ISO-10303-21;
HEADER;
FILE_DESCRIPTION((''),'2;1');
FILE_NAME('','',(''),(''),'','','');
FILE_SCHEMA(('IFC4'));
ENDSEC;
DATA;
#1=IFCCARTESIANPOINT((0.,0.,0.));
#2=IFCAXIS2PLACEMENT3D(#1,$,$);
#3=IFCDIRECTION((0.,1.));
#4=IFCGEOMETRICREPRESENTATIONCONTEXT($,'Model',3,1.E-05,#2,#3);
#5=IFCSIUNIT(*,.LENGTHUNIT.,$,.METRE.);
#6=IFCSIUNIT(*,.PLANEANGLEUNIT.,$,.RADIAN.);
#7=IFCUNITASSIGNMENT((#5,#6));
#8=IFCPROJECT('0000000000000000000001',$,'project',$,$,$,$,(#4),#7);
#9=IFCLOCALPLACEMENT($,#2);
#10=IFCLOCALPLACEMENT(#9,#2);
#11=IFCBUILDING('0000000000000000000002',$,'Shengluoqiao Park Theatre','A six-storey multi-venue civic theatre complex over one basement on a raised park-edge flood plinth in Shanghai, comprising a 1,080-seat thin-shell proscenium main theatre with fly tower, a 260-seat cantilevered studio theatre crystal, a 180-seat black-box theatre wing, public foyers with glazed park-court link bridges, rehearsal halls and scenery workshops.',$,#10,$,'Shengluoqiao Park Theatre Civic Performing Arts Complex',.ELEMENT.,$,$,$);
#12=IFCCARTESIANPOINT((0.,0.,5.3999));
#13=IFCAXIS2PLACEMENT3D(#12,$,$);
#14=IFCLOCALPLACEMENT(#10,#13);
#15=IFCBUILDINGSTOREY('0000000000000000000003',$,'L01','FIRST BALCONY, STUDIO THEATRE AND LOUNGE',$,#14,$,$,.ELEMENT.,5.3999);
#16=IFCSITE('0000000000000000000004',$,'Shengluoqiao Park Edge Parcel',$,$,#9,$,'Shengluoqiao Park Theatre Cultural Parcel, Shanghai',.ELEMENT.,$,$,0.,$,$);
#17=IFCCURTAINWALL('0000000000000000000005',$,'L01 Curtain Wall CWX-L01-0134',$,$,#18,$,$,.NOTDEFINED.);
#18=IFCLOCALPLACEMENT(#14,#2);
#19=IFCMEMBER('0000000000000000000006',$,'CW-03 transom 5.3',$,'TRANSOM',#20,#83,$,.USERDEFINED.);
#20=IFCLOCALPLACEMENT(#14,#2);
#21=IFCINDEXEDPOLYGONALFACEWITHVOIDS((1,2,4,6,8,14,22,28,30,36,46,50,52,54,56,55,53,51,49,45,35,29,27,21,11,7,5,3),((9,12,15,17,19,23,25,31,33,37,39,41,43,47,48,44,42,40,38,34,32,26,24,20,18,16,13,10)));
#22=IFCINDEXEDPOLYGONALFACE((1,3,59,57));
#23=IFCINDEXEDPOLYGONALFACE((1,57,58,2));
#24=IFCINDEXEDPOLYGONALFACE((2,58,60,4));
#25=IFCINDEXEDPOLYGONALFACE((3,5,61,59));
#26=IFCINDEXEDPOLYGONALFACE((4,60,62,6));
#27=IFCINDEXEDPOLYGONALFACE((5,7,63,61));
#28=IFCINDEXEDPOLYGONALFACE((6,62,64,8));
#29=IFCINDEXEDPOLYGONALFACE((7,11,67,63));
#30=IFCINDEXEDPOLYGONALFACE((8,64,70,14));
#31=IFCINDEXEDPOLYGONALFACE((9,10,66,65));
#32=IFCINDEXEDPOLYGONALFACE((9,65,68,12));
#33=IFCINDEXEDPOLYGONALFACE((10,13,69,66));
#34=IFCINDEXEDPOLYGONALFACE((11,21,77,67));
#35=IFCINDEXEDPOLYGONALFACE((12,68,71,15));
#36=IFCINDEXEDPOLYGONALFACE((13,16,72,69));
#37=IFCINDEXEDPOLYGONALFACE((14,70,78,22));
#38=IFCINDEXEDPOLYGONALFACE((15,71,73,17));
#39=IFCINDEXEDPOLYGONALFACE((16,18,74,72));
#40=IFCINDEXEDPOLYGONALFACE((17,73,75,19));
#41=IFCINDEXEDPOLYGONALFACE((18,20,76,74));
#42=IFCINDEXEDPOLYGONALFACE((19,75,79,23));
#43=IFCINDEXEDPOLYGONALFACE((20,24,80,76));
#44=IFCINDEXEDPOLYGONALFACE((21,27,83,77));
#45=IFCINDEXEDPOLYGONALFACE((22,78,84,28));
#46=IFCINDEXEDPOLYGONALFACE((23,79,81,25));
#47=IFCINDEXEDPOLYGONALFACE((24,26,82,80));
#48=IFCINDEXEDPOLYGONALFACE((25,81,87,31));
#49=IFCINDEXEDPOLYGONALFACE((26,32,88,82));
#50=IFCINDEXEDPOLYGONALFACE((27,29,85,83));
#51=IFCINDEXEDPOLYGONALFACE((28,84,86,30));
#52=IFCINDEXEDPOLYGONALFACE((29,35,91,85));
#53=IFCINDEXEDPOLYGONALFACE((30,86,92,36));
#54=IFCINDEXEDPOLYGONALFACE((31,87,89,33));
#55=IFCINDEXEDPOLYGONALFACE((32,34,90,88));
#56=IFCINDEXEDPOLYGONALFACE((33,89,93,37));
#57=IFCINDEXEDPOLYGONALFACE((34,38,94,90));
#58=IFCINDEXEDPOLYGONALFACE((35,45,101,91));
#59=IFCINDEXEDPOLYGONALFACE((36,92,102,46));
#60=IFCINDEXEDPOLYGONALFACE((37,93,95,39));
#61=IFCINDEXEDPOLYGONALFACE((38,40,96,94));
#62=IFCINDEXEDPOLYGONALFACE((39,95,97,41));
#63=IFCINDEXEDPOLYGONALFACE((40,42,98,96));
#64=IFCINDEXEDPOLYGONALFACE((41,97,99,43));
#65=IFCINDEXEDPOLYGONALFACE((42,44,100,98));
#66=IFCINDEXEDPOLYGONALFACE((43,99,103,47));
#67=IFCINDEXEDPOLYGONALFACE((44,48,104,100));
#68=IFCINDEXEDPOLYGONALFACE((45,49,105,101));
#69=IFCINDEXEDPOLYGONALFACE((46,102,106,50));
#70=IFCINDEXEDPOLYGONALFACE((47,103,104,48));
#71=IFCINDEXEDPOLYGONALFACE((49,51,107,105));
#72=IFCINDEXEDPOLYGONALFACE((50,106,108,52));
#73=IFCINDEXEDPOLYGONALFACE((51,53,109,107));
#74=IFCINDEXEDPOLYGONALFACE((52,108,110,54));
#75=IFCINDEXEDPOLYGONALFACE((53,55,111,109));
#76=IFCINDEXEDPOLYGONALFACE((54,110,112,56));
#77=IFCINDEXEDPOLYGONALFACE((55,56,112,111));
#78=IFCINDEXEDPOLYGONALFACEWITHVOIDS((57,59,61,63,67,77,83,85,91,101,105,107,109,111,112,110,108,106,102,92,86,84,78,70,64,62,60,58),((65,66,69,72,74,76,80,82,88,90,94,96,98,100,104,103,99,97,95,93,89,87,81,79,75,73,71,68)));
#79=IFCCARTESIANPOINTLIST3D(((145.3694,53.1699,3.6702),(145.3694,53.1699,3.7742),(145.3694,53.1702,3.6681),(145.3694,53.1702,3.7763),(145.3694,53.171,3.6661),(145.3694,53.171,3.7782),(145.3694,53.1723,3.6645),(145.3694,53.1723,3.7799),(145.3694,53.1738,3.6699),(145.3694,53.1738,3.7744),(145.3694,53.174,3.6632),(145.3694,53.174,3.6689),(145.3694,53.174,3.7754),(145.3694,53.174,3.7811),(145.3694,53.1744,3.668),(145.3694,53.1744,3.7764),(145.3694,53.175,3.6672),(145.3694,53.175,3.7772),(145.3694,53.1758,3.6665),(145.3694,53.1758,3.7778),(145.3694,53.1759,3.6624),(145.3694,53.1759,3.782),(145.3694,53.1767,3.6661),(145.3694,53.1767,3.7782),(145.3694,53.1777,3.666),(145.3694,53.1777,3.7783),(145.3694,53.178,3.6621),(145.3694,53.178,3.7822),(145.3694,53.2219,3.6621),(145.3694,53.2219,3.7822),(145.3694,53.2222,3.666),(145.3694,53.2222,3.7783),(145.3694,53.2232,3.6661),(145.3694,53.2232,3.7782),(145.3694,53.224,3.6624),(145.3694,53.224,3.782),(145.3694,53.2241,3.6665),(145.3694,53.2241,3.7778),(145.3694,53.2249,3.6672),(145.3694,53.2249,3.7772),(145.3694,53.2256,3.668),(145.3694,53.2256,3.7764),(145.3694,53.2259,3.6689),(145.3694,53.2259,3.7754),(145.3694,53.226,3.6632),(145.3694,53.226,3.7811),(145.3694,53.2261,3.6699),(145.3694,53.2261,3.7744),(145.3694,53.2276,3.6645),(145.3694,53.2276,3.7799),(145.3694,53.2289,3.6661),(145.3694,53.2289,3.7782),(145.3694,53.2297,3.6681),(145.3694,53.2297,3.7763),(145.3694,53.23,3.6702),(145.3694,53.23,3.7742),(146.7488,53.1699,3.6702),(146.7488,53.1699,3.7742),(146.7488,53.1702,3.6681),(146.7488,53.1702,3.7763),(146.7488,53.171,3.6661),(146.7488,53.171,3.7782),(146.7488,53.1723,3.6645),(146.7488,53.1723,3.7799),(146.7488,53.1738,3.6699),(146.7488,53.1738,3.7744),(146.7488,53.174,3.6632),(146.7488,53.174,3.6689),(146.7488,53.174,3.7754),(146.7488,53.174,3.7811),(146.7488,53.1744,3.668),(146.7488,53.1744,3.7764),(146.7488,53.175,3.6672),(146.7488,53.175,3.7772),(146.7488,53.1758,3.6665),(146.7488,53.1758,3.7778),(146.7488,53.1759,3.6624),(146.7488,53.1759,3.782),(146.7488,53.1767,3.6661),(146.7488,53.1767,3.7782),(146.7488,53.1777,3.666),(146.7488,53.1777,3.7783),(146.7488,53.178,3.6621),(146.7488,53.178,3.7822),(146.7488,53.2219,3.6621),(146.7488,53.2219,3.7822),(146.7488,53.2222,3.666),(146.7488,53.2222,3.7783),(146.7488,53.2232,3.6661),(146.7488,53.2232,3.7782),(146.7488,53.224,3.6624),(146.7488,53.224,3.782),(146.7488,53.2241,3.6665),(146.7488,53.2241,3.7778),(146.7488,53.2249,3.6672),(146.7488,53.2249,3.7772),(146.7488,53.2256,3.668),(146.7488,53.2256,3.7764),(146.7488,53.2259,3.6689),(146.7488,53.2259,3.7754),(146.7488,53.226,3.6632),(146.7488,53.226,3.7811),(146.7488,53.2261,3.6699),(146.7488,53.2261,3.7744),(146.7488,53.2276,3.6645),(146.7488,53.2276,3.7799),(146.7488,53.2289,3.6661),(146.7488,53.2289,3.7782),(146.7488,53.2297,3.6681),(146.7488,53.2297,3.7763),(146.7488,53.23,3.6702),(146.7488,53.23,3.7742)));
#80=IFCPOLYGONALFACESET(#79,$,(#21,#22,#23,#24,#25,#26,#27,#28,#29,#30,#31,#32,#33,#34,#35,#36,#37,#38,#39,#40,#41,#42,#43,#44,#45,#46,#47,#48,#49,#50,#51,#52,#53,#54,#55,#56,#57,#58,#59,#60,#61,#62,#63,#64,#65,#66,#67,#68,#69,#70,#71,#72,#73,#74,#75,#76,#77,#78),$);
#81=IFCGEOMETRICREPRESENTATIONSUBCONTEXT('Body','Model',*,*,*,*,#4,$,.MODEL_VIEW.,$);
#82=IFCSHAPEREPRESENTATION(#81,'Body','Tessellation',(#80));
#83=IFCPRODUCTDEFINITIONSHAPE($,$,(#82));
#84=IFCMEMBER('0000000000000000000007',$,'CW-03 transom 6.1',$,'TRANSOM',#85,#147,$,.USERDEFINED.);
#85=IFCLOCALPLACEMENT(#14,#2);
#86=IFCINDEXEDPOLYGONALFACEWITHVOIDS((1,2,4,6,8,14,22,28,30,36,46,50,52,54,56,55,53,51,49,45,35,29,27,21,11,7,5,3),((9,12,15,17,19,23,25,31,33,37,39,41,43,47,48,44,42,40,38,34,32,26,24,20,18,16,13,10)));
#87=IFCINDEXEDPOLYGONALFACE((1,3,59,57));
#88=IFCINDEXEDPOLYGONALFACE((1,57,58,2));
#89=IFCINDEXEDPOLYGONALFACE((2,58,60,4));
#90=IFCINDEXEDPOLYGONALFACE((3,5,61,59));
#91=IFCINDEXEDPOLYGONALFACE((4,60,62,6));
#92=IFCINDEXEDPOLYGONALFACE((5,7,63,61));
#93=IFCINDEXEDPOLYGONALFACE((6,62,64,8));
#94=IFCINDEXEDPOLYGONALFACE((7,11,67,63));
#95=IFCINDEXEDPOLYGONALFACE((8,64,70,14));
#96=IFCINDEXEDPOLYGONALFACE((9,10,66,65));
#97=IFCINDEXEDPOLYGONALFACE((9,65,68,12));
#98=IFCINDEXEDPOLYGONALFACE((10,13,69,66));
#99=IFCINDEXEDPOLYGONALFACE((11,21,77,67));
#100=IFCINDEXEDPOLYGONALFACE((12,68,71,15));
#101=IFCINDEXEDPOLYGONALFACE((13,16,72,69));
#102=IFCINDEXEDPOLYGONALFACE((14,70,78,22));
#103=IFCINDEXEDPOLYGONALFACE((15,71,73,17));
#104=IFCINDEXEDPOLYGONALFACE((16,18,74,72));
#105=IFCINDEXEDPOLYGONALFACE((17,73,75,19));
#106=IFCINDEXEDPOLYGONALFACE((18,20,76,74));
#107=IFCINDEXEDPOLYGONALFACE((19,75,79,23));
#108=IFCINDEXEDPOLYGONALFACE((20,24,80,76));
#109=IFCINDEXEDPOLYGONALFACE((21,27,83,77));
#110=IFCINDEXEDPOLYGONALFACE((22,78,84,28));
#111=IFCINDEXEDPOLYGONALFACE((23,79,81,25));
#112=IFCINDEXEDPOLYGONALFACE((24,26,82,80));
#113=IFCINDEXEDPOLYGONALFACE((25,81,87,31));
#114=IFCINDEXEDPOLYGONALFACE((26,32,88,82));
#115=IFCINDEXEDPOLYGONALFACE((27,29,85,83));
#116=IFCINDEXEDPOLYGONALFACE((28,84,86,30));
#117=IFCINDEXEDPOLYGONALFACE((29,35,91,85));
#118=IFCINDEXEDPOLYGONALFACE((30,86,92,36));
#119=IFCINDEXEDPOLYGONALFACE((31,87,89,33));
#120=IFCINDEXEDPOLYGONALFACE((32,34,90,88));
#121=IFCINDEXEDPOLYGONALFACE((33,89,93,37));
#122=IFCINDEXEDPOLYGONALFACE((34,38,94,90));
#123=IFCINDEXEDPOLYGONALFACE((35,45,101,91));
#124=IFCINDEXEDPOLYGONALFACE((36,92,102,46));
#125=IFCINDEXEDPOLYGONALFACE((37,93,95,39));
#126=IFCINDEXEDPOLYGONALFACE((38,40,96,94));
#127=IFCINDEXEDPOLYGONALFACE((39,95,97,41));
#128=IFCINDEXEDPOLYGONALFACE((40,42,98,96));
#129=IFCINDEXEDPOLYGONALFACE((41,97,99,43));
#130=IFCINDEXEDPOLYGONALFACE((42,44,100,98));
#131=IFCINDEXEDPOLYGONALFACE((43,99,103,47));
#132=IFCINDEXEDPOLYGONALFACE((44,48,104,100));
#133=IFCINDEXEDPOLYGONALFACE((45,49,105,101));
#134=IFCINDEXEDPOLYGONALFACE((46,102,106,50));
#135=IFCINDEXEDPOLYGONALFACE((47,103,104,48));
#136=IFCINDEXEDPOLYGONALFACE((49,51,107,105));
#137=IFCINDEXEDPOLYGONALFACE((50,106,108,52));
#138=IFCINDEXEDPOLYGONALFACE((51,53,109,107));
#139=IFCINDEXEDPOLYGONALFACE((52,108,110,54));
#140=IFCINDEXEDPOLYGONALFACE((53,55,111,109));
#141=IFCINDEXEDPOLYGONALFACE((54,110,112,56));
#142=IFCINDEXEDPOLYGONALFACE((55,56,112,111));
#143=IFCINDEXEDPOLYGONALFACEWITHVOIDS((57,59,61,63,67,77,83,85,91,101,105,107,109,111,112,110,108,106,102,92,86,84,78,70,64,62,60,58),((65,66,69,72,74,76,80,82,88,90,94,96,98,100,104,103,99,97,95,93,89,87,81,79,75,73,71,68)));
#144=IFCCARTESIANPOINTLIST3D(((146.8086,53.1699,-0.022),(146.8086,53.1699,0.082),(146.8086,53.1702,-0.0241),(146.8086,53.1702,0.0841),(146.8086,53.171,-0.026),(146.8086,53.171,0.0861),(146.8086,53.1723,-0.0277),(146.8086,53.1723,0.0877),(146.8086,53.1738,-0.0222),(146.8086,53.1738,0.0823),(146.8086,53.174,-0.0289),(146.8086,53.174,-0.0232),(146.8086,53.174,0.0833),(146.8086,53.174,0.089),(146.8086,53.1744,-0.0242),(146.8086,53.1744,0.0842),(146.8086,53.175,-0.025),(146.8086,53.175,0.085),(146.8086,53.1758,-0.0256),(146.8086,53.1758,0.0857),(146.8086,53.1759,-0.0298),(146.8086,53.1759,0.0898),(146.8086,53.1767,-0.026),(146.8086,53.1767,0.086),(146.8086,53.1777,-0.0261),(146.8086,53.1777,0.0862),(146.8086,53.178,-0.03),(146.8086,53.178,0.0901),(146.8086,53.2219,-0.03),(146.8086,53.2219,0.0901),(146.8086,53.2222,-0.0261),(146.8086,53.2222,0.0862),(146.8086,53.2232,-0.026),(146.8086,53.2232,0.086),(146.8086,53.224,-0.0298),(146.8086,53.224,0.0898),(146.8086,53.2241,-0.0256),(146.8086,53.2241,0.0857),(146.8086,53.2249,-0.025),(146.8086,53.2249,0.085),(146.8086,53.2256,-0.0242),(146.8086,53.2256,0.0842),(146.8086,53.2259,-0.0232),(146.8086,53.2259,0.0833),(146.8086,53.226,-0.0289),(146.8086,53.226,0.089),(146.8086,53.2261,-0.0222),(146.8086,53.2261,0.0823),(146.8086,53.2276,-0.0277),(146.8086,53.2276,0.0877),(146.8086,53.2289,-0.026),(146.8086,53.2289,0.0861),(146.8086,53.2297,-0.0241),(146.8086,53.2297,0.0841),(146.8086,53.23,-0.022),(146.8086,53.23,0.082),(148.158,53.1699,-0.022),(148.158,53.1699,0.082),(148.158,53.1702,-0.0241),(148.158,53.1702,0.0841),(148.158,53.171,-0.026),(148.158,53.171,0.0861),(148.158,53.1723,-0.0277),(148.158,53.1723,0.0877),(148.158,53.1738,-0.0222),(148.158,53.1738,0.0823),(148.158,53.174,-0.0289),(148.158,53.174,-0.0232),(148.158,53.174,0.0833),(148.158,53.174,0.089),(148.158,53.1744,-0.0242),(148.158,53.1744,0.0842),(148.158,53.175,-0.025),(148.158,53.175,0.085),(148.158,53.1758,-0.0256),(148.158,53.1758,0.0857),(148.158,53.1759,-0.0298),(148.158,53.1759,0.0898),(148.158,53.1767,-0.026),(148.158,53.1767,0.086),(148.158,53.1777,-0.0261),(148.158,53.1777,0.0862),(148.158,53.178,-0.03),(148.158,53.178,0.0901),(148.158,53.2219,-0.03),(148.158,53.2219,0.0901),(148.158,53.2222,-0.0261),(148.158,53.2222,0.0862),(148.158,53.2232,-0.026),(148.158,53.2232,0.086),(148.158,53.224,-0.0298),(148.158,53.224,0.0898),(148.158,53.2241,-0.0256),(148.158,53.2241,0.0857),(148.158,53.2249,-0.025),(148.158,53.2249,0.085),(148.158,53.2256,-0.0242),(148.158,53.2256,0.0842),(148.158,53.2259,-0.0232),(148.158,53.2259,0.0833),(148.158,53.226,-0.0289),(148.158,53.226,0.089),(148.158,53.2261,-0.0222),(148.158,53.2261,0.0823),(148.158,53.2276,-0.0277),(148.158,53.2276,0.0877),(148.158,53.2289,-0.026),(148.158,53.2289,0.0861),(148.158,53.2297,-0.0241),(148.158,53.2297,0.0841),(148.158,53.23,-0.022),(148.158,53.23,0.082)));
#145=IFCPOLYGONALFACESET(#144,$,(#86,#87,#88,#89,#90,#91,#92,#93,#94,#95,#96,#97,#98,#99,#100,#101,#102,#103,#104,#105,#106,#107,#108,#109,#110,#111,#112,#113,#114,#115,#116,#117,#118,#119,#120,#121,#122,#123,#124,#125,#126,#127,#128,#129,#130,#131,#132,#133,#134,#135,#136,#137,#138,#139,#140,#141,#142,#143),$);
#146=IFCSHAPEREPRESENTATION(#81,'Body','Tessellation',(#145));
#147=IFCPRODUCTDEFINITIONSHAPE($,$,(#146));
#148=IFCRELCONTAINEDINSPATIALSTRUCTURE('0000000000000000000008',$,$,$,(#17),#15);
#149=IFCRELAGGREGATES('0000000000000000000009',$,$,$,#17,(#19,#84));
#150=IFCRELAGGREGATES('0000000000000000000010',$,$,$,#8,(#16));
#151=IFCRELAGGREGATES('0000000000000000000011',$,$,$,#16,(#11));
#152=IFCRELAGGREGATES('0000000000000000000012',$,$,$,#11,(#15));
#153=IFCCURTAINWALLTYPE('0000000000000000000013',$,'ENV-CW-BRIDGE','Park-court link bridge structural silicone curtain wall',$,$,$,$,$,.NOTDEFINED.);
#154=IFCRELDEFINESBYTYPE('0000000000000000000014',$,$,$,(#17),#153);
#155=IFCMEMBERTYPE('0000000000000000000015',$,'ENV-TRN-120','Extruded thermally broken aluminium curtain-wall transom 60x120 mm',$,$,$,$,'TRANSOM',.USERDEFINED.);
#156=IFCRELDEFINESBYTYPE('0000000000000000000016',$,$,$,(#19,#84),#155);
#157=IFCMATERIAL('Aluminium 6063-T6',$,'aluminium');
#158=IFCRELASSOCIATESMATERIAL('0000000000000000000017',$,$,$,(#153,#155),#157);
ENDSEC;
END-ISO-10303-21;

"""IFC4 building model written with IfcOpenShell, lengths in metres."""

from ifc_helpers import new_model, si_unit, direction, frame, origin, origin_2d, place, context, subcontext, project, spatial, hollow_rectangle, extrude, material, material_profile, profile_set, type_object, element, aggregate, save


model = new_model("IFC4")

# Units and contexts
model_context = context("Model", 3, precision=1e-05, world=origin(), true_north=direction((0.0, 1.0)))
body_context = subcontext(model_context, "Body", "Model", "MODEL_VIEW")
ifc_project = project(units=[si_unit("LENGTHUNIT", "METRE"), si_unit("PLANEANGLEUNIT", "RADIAN")], contexts=[model_context])

# Site, building, storey
site_placement = place(None, origin())
site = spatial("IfcSite", under=ifc_project, at=site_placement, Name="Shengluoqiao Park Edge Parcel", LongName="Shengluoqiao Park Theatre Cultural Parcel, Shanghai", CompositionType="ELEMENT", RefElevation=0.0)
building_placement = place(site_placement, origin())
building = spatial("IfcBuilding", under=site, at=building_placement, Name="Shengluoqiao Park Theatre", Description="A six-storey multi-venue civic theatre complex over one basement on a raised park-edge flood plinth in Shanghai, comprising a 1,080-seat thin-shell proscenium main theatre with fly tower, a 260-seat cantilevered studio theatre crystal, a 180-seat black-box theatre wing, public foyers with glazed park-court link bridges, rehearsal halls and scenery workshops.", LongName="Shengluoqiao Park Theatre Civic Performing Arts Complex", CompositionType="ELEMENT")
storey_placement = place(building_placement, frame((0.0, 0.0, 5.3999)))
storey = spatial("IfcBuildingStorey", under=building, at=storey_placement, Name="L01", Description="FIRST BALCONY, STUDIO THEATRE AND LOUNGE", CompositionType="ELEMENT", Elevation=5.3999)

# Curtain wall
ifc_material_1 = material(Name="Aluminium 6063-T6", Category="aluminium")
curtain_wall_type = type_object("IfcCurtainWallType", Name="ENV-CW-BRIDGE", Description="Park-court link bridge structural silicone curtain wall", PredefinedType="NOTDEFINED", material=ifc_material_1)
curtain_wall_1_placement = place(storey_placement, origin())
curtain_wall_1 = element("IfcCurtainWall", 1, at=curtain_wall_1_placement, inside=storey, type_object=curtain_wall_type, Name="L01 Curtain Wall CWX-L01-0134", PredefinedType="NOTDEFINED")

# Members
ifc_material_profile_1 = material_profile(ifc_material_1, hollow_rectangle(XDim=0.0601, YDim=0.1201, WallThickness=0.0039, InnerFilletRadius=0.0039, OuterFilletRadius=0.0081, at=origin_2d()), Name="ALU TRANSOM 120x60x4")
ifc_profile_set_1 = profile_set([ifc_material_profile_1], Name="Aluminium 6063-T6")
member_type_1 = type_object("IfcMemberType", Name="ENV-TRN-120", Description="Extruded thermally broken aluminium curtain-wall transom 60x120 mm", ElementType="TRANSOM", PredefinedType="USERDEFINED", material=ifc_profile_set_1)
member_1_placement = place(storey_placement, frame((145.3694, 53.2, 3.7222), z_axis=(1.0, 0.0, 0.0), x_axis=(0.0, 1.0, 0.0)))
member_1 = element("IfcMember", 2, at=member_1_placement, type_object=member_type_1, Name="CW-03 transom 5.3", ObjectType="TRANSOM", PredefinedType="USERDEFINED", context=body_context, shape_type="SweptSolid", body=[
    extrude(hollow_rectangle(XDim=0.0601, YDim=0.1201, WallThickness=0.0039, InnerFilletRadius=0.0039, OuterFilletRadius=0.0081, at=origin_2d()), origin(), (0.0, 0.0, 1.0), 1.3794),
])
member_2_placement = place(storey_placement, frame((146.8086, 53.2, 0.03), z_axis=(1.0, 0.0, 0.0), x_axis=(0.0, 1.0, 0.0)))
member_2 = element("IfcMember", 3, at=member_2_placement, type_object=member_type_1, Name="CW-03 transom 6.1", ObjectType="TRANSOM", PredefinedType="USERDEFINED", context=body_context, shape_type="SweptSolid", body=[
    extrude(hollow_rectangle(XDim=0.0601, YDim=0.1201, WallThickness=0.0039, InnerFilletRadius=0.0039, OuterFilletRadius=0.0081, at=origin_2d()), origin(), (0.0, 0.0, 1.0), 1.3494),
])

aggregate(curtain_wall_1, [member_1, member_2])

save(model, "model.ifc")
